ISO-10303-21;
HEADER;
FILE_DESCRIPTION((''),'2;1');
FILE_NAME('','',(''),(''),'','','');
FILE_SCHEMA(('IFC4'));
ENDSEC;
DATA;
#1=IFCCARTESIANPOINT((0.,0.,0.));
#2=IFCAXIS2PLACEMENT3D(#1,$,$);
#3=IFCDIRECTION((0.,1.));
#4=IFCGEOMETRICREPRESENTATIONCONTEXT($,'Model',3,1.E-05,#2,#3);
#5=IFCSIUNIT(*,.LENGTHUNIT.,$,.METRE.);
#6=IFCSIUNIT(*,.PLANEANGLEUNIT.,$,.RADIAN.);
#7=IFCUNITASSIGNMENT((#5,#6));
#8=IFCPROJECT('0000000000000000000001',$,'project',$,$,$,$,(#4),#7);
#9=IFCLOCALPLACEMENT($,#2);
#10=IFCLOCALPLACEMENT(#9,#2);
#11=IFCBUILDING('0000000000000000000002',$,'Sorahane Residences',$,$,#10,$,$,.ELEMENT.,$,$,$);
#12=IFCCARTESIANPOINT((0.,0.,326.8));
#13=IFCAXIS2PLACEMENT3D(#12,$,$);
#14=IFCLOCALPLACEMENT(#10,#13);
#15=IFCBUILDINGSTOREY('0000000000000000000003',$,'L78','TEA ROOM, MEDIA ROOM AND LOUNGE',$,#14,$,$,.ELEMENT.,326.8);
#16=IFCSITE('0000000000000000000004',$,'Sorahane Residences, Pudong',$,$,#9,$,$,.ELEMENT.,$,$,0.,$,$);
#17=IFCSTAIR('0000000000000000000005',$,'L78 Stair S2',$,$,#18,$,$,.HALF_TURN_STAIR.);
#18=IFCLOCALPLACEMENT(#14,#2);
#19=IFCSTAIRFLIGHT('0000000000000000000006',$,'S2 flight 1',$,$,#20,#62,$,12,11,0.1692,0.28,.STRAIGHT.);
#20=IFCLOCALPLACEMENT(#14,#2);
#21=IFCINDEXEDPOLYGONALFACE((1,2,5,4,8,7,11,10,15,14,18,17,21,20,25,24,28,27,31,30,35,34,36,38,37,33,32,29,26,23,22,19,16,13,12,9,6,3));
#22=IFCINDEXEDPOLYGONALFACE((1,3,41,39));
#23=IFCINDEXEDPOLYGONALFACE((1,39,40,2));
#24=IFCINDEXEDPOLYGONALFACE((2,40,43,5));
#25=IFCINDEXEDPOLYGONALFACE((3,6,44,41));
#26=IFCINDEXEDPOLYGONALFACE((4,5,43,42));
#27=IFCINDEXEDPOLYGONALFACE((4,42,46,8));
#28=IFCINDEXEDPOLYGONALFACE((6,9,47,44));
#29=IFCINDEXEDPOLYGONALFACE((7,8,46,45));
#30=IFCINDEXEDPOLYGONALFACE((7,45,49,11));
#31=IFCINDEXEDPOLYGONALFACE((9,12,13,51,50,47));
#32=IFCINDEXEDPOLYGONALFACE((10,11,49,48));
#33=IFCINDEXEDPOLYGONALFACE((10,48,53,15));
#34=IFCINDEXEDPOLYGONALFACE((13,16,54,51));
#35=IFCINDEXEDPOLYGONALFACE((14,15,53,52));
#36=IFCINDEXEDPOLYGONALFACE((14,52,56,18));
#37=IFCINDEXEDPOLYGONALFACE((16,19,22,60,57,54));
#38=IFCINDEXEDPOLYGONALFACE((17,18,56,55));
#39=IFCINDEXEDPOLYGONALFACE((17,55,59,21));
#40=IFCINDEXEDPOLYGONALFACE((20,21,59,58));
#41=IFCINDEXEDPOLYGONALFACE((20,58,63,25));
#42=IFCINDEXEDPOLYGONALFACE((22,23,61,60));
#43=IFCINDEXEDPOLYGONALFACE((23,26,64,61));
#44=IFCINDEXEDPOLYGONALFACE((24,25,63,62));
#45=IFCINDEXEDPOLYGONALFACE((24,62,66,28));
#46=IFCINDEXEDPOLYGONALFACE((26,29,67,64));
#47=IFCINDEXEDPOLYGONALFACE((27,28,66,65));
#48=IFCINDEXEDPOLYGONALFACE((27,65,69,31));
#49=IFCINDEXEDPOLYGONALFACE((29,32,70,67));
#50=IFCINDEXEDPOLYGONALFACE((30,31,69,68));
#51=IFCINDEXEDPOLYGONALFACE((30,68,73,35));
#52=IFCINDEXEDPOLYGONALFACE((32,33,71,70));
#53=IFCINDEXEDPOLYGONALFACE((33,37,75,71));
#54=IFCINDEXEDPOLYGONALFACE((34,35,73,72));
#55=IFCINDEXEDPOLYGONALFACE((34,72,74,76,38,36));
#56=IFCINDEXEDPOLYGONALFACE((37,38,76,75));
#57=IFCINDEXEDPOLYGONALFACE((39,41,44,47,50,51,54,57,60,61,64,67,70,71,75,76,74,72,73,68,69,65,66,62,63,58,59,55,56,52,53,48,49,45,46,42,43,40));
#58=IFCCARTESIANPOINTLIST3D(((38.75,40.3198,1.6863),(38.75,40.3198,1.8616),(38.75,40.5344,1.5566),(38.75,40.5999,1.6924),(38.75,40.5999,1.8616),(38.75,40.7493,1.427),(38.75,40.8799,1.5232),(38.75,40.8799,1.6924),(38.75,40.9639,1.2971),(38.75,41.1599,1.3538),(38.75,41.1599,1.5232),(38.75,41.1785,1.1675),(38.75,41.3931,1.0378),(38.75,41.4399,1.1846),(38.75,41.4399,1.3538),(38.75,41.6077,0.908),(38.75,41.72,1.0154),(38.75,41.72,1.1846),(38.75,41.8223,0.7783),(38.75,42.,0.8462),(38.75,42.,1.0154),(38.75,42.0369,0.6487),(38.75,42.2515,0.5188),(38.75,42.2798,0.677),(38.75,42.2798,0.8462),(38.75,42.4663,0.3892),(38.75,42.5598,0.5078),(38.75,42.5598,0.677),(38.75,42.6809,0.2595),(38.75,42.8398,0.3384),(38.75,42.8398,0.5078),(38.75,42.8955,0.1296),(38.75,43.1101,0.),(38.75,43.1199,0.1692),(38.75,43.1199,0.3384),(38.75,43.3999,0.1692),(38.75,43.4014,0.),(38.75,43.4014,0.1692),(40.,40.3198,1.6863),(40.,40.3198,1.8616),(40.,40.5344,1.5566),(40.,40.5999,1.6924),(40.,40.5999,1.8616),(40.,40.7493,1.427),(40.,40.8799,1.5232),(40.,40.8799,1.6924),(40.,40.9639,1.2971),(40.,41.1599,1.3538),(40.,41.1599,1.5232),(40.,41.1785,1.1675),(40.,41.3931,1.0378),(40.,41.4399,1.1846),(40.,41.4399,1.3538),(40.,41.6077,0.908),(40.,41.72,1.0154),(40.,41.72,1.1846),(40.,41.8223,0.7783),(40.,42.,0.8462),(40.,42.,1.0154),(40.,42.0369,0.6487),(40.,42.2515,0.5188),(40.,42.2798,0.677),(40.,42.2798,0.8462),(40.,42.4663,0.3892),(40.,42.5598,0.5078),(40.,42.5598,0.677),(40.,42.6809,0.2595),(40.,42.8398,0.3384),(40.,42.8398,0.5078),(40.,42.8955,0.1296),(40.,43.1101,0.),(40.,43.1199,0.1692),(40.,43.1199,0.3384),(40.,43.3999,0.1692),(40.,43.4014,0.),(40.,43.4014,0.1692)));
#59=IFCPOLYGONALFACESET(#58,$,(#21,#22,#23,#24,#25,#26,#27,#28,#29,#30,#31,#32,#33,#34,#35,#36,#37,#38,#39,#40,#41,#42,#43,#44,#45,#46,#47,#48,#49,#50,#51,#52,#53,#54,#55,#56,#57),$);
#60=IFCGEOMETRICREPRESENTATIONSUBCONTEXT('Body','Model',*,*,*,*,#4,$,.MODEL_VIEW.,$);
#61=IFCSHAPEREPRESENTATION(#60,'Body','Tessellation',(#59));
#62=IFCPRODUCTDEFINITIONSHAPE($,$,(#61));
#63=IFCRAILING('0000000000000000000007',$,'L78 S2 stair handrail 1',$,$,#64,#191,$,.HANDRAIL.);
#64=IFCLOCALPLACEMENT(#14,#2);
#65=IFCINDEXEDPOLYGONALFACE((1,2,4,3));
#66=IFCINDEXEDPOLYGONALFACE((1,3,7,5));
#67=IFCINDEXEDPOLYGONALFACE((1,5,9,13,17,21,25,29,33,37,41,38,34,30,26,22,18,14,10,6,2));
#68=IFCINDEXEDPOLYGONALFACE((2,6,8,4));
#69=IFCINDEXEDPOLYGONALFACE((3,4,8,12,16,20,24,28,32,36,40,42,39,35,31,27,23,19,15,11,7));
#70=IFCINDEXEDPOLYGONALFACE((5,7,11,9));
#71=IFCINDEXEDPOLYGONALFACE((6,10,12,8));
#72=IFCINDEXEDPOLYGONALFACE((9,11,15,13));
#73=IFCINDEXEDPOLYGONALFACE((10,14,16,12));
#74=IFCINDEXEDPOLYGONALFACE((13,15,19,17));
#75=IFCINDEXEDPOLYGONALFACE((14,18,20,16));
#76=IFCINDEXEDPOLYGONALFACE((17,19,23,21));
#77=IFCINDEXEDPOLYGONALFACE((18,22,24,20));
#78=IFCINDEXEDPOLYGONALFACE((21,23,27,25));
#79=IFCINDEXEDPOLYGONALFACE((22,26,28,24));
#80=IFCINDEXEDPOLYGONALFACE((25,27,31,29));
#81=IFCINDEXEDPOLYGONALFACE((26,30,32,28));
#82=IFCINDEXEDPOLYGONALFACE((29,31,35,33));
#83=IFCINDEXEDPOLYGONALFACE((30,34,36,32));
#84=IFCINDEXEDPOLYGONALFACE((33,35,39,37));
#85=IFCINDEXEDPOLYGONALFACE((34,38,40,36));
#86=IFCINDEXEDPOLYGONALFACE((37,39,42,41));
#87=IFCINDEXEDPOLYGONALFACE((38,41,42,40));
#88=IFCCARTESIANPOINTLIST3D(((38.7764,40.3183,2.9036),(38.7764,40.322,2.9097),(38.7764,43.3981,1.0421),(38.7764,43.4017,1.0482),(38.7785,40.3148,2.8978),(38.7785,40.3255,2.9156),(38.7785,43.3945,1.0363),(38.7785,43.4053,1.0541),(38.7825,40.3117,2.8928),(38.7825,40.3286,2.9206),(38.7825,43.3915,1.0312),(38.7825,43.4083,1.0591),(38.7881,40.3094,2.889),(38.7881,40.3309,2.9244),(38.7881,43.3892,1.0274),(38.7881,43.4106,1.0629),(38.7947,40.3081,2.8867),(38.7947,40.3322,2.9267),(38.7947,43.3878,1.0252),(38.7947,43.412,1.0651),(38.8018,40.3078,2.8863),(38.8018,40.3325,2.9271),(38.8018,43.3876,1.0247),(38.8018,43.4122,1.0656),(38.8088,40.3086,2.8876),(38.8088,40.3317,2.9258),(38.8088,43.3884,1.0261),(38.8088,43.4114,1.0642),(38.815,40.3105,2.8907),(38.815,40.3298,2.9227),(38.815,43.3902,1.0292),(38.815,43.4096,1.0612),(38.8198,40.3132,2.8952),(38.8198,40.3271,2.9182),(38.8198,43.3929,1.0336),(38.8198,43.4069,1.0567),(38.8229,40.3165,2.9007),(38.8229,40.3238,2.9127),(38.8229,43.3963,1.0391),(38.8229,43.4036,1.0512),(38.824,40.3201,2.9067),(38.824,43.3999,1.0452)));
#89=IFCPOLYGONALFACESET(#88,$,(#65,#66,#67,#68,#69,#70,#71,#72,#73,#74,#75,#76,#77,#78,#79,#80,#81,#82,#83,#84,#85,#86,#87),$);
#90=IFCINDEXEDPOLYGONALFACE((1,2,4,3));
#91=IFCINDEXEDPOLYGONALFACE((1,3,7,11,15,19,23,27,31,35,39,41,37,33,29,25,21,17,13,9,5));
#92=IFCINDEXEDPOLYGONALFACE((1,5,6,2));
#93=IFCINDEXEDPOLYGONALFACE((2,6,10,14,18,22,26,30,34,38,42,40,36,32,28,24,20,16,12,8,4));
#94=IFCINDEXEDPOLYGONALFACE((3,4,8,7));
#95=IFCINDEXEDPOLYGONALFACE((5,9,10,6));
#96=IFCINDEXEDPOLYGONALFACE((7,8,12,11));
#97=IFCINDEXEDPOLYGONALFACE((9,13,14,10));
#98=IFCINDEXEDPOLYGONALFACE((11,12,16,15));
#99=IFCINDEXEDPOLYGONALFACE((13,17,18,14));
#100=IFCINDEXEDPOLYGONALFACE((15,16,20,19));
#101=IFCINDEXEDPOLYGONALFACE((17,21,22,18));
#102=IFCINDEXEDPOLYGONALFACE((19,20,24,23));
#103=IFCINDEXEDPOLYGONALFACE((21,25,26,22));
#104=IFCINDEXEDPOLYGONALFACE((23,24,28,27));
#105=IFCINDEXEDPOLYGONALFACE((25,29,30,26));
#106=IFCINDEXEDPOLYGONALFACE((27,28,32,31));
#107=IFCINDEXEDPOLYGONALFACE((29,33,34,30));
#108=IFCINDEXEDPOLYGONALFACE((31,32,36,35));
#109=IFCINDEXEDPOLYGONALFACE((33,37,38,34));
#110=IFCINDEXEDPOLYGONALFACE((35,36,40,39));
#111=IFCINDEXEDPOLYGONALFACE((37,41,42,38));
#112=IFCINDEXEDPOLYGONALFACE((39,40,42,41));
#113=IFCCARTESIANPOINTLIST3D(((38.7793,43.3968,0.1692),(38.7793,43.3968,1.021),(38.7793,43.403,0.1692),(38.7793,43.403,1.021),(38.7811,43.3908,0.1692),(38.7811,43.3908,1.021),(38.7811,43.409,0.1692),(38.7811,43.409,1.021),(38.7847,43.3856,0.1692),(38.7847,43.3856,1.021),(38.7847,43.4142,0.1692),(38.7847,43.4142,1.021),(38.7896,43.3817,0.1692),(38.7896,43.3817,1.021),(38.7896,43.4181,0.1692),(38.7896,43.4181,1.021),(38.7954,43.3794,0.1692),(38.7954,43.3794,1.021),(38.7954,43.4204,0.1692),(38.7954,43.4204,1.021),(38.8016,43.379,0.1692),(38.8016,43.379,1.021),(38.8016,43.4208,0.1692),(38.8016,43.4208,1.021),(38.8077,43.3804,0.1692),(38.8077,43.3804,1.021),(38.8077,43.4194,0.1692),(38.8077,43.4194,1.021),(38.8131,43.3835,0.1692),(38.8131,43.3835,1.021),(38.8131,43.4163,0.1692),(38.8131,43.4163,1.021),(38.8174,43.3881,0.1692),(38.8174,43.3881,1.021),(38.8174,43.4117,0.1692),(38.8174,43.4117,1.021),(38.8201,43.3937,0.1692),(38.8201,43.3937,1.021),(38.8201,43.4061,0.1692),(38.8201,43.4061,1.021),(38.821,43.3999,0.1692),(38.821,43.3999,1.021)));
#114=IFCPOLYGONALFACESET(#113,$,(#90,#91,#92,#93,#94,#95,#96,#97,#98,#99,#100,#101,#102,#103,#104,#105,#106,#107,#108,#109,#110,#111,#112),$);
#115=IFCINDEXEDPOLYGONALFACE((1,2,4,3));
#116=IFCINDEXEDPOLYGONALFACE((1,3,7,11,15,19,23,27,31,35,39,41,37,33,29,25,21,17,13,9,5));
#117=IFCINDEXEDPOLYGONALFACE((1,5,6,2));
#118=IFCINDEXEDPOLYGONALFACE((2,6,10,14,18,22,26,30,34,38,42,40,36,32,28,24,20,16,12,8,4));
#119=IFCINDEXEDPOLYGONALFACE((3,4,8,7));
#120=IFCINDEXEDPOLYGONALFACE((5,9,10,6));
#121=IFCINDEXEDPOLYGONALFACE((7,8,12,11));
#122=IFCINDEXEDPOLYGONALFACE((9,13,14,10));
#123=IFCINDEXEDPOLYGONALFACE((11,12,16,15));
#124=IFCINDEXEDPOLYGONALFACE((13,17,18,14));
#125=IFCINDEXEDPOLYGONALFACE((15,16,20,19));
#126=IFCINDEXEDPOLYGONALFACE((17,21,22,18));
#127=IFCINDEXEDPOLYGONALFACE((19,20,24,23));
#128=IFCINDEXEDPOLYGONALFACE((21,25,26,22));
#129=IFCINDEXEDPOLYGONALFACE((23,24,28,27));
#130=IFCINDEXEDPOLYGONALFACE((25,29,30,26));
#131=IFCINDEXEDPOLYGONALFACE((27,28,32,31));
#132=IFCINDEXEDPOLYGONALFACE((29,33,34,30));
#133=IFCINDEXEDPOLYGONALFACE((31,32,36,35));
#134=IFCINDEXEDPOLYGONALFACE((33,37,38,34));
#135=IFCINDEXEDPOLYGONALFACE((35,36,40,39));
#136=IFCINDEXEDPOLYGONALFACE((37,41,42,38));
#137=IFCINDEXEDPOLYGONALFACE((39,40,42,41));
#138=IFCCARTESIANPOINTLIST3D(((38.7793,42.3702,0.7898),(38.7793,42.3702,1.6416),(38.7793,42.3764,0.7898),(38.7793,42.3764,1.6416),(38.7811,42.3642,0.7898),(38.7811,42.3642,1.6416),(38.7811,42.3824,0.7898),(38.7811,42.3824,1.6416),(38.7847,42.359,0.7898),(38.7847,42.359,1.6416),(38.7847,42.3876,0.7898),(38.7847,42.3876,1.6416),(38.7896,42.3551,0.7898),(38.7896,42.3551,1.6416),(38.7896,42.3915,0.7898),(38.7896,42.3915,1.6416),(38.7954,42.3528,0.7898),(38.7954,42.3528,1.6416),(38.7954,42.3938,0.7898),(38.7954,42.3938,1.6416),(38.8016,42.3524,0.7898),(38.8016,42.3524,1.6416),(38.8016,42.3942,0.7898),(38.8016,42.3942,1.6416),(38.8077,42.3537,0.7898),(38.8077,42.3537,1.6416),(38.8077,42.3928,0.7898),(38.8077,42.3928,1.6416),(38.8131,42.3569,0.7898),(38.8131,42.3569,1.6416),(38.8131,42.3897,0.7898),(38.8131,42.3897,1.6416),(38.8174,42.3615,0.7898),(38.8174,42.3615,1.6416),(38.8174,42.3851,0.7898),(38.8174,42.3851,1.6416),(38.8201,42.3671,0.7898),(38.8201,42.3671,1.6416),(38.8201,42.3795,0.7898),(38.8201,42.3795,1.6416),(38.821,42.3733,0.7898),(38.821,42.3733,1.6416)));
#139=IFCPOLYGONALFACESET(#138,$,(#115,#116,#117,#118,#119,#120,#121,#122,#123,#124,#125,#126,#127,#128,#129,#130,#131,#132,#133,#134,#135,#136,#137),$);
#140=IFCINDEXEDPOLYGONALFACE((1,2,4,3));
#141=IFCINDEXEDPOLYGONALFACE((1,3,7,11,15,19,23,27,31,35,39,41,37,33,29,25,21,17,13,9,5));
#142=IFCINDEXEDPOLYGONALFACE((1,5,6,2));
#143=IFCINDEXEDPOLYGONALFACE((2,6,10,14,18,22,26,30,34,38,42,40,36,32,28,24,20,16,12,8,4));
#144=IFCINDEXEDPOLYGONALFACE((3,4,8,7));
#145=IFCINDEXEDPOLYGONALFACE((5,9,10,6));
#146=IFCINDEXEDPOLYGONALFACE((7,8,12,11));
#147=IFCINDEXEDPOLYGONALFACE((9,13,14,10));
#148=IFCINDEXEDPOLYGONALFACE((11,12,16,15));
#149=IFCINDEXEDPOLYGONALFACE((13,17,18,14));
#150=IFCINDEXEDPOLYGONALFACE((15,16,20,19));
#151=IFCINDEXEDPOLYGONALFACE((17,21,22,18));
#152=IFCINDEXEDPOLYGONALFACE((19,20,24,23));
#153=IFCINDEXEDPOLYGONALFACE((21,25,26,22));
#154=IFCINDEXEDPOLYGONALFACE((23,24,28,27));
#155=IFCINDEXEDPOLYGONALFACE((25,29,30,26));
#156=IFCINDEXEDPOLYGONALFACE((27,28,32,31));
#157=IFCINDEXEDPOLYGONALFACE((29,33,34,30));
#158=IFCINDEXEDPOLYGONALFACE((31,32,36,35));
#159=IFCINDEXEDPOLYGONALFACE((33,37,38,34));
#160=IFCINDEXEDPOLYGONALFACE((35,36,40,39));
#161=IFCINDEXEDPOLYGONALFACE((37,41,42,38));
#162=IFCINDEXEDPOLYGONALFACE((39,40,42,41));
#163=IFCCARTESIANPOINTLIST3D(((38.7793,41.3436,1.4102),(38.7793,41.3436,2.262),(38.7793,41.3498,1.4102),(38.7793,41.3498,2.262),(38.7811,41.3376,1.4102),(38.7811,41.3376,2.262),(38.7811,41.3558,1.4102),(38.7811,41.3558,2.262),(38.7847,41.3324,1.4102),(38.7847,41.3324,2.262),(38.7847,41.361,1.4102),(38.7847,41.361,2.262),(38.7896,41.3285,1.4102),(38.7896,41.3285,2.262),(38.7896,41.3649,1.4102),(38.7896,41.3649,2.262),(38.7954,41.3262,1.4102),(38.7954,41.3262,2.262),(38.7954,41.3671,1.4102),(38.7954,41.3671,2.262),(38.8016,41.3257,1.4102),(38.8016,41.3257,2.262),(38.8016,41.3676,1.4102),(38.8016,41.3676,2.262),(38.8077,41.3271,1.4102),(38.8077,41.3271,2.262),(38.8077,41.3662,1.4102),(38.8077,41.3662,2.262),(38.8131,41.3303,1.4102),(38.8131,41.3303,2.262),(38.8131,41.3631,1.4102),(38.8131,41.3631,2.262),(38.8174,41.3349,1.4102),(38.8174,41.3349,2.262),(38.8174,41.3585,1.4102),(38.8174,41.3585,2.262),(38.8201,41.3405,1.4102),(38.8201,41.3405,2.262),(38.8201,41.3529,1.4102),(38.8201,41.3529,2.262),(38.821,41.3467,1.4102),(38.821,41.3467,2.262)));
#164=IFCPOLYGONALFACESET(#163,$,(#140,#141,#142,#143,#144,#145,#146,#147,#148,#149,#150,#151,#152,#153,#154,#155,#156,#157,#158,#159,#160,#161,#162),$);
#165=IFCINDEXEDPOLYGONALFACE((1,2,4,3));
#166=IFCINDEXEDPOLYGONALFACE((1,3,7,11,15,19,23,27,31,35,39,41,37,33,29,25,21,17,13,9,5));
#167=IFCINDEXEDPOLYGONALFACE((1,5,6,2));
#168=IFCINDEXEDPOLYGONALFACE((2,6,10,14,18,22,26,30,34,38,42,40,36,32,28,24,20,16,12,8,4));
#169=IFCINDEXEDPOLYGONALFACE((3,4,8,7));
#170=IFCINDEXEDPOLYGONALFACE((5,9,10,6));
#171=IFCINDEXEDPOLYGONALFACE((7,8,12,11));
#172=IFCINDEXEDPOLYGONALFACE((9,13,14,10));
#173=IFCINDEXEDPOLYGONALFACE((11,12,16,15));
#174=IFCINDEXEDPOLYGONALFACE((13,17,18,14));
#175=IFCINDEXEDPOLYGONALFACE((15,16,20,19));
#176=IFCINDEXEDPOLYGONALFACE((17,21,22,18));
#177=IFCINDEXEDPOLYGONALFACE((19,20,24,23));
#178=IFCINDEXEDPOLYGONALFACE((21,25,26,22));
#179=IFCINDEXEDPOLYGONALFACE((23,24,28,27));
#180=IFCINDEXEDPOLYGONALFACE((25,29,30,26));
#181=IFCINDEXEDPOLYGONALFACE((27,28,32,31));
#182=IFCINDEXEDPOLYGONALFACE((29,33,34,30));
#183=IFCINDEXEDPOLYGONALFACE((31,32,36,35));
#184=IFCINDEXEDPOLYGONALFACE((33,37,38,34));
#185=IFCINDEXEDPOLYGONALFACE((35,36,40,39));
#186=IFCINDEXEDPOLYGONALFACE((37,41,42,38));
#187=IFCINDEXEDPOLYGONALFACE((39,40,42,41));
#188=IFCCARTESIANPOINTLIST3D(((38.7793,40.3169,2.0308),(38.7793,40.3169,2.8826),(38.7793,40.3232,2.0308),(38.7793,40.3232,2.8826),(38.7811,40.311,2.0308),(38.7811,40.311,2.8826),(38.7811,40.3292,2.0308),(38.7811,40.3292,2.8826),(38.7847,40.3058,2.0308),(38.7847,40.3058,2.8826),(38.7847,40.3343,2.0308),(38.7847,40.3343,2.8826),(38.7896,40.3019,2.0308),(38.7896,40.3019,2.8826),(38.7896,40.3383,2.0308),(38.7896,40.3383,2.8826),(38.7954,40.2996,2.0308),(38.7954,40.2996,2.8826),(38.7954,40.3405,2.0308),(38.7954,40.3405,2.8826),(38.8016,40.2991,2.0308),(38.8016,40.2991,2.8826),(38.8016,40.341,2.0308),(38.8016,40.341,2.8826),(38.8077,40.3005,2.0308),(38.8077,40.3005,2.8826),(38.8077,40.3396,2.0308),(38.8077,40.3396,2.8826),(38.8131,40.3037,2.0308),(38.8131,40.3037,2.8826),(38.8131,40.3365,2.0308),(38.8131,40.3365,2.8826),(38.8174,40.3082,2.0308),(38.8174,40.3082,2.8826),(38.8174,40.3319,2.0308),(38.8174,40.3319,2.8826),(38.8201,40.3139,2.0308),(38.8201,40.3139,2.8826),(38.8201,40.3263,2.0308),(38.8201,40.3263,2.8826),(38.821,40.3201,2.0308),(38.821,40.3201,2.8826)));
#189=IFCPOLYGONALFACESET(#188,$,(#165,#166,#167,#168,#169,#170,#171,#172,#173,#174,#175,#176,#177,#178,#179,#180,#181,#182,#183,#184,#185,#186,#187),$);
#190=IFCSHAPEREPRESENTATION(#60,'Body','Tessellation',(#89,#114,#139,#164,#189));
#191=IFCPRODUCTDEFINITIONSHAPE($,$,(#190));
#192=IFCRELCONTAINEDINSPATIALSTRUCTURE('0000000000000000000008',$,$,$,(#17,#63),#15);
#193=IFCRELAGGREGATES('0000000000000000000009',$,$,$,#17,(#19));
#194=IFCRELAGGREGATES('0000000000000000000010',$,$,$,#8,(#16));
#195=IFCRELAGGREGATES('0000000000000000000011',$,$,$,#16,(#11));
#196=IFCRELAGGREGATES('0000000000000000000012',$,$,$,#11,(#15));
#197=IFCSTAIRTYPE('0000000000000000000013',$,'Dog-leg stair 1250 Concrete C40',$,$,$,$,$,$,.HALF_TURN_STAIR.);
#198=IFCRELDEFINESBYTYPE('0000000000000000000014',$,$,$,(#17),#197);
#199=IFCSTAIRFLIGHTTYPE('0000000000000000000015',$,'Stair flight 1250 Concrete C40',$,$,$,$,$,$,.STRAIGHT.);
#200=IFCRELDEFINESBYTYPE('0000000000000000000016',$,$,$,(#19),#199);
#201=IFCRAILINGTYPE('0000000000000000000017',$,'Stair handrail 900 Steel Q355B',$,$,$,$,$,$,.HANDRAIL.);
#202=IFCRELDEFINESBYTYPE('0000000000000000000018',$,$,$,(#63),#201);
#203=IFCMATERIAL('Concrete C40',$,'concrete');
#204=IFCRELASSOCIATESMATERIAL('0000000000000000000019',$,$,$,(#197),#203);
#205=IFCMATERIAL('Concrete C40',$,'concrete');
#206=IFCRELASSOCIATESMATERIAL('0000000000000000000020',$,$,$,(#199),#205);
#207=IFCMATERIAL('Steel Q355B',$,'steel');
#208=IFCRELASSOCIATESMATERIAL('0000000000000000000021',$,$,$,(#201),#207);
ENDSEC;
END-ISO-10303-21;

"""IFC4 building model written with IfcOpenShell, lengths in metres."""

from ifc_helpers import new_model, si_unit, direction, frame, origin, origin_2d, place, context, subcontext, project, spatial, polyline, circle, outline, extrude, material, type_object, element, aggregate, save


model = new_model("IFC4")

# Units and contexts
model_context = context("Model", 3, precision=1e-05, world=origin(), true_north=direction((0.0, 1.0)))
body_context = subcontext(model_context, "Body", "Model", "MODEL_VIEW")
ifc_project = project(units=[si_unit("LENGTHUNIT", "METRE"), si_unit("PLANEANGLEUNIT", "RADIAN")], contexts=[model_context])

# Site, building, storey
site_placement = place(None, origin())
site = spatial("IfcSite", under=ifc_project, at=site_placement, Name="Sorahane Residences, Pudong", CompositionType="ELEMENT", RefElevation=0.0)
building_placement = place(site_placement, origin())
building = spatial("IfcBuilding", under=site, at=building_placement, Name="Sorahane Residences", CompositionType="ELEMENT")
storey_placement = place(building_placement, frame((0.0, 0.0, 326.8)))
storey = spatial("IfcBuildingStorey", under=building, at=storey_placement, Name="L78", Description="TEA ROOM, MEDIA ROOM AND LOUNGE", CompositionType="ELEMENT", Elevation=326.8)

# Stair, stair flight
ifc_material_1 = material(Name="Concrete C40", Category="concrete")
stair_type = type_object("IfcStairType", Name="Dog-leg stair 1250 Concrete C40", PredefinedType="HALF_TURN_STAIR", material=ifc_material_1)
stair_placement = place(storey_placement, origin())
stair = element("IfcStair", 1, at=stair_placement, inside=storey, type_object=stair_type, Name="L78 Stair S2", PredefinedType="HALF_TURN_STAIR")
ifc_material_2 = material(Name="Concrete C40", Category="concrete")
stair_flight_type = type_object("IfcStairFlightType", Name="Stair flight 1250 Concrete C40", PredefinedType="STRAIGHT", material=ifc_material_2)
stair_flight_placement = place(storey_placement, frame((39.375, 43.3999, 0.0), z_axis=(0.0, 0.0, 1.0), x_axis=(0.0, -1.0, 0.0)))
stair_flight = element("IfcStairFlight", 2, at=stair_flight_placement, type_object=stair_flight_type, Name="S2 flight 1", NumberOfRisers=12, NumberOfTreads=11, PredefinedType="STRAIGHT", RiserHeight=0.1692, TreadLength=0.28, context=body_context, shape_type="SweptSolid", body=[
    extrude(outline(polyline([(-0.0015, 0.0), (-0.0015, 0.1692), (0.0, 0.1692), (0.28, 0.1692), (0.28, 0.3384), (0.5601, 0.3384), (0.5601, 0.5078), (0.8401, 0.5078), (0.8401, 0.677), (1.1201, 0.677), (1.1201, 0.8462), (1.3999, 0.8462), (1.3999, 1.0154), (1.6799, 1.0154), (1.6799, 1.1846), (1.96, 1.1846), (1.96, 1.3538), (2.24, 1.3538), (2.24, 1.5232), (2.52, 1.5232), (2.52, 1.6924), (2.8, 1.6924), (2.8, 1.8616), (3.0801, 1.8616), (3.0801, 2.0308), (3.0801, 1.6863), (2.8655, 1.5566), (2.6506, 1.427), (2.436, 1.2971), (2.2214, 1.1675), (2.0068, 1.0378), (1.7922, 0.908), (1.5776, 0.7783), (1.363, 0.6487), (1.1484, 0.5188), (0.9336, 0.3892), (0.719, 0.2595), (0.5044, 0.1296), (0.2898, 0.0), (-0.0015, 0.0)])), frame((0.0, 0.625, 0.0), z_axis=(0.0, -1.0, 0.0), x_axis=(1.0, 0.0, 0.0)), (0.0, 0.0, 1.0), 1.25),
])
aggregate(stair, [stair_flight])

# Railing
ifc_material_3 = material(Name="Steel Q355B", Category="steel")
railing_type_1 = type_object("IfcRailingType", Name="Stair handrail 900 Steel Q355B", PredefinedType="HANDRAIL", material=ifc_material_3)
railing_1_placement = place(storey_placement, frame((38.8, 43.3999, 0.1692)))
element("IfcRailing", 3, at=railing_1_placement, inside=storey, type_object=railing_type_1, Name="L78 S2 stair handrail 1", PredefinedType="HANDRAIL", context=body_context, shape_type="SweptSolid", body=[
    extrude(circle(Radius=0.0239, at=origin_2d()), frame((0.0, 0.0, 0.876), z_axis=(0.0, -0.855812, 0.517286), x_axis=(1.0, 0.0, 0.0)), (0.0, 0.0, 1.0), 3.5986),
    extrude(circle(Radius=0.021, at=origin_2d()), origin(), (0.0, 0.0, 1.0), 0.8518),
    extrude(circle(Radius=0.021, at=origin_2d()), frame((0.0, -1.0266, 0.6206)), (0.0, 0.0, 1.0), 0.8518),
    extrude(circle(Radius=0.021, at=origin_2d()), frame((0.0, -2.0532, 1.241)), (0.0, 0.0, 1.0), 0.8518),
    extrude(circle(Radius=0.021, at=origin_2d()), frame((0.0, -3.0798, 1.8616)), (0.0, 0.0, 1.0), 0.8518),
])

save(model, "model.ifc")
